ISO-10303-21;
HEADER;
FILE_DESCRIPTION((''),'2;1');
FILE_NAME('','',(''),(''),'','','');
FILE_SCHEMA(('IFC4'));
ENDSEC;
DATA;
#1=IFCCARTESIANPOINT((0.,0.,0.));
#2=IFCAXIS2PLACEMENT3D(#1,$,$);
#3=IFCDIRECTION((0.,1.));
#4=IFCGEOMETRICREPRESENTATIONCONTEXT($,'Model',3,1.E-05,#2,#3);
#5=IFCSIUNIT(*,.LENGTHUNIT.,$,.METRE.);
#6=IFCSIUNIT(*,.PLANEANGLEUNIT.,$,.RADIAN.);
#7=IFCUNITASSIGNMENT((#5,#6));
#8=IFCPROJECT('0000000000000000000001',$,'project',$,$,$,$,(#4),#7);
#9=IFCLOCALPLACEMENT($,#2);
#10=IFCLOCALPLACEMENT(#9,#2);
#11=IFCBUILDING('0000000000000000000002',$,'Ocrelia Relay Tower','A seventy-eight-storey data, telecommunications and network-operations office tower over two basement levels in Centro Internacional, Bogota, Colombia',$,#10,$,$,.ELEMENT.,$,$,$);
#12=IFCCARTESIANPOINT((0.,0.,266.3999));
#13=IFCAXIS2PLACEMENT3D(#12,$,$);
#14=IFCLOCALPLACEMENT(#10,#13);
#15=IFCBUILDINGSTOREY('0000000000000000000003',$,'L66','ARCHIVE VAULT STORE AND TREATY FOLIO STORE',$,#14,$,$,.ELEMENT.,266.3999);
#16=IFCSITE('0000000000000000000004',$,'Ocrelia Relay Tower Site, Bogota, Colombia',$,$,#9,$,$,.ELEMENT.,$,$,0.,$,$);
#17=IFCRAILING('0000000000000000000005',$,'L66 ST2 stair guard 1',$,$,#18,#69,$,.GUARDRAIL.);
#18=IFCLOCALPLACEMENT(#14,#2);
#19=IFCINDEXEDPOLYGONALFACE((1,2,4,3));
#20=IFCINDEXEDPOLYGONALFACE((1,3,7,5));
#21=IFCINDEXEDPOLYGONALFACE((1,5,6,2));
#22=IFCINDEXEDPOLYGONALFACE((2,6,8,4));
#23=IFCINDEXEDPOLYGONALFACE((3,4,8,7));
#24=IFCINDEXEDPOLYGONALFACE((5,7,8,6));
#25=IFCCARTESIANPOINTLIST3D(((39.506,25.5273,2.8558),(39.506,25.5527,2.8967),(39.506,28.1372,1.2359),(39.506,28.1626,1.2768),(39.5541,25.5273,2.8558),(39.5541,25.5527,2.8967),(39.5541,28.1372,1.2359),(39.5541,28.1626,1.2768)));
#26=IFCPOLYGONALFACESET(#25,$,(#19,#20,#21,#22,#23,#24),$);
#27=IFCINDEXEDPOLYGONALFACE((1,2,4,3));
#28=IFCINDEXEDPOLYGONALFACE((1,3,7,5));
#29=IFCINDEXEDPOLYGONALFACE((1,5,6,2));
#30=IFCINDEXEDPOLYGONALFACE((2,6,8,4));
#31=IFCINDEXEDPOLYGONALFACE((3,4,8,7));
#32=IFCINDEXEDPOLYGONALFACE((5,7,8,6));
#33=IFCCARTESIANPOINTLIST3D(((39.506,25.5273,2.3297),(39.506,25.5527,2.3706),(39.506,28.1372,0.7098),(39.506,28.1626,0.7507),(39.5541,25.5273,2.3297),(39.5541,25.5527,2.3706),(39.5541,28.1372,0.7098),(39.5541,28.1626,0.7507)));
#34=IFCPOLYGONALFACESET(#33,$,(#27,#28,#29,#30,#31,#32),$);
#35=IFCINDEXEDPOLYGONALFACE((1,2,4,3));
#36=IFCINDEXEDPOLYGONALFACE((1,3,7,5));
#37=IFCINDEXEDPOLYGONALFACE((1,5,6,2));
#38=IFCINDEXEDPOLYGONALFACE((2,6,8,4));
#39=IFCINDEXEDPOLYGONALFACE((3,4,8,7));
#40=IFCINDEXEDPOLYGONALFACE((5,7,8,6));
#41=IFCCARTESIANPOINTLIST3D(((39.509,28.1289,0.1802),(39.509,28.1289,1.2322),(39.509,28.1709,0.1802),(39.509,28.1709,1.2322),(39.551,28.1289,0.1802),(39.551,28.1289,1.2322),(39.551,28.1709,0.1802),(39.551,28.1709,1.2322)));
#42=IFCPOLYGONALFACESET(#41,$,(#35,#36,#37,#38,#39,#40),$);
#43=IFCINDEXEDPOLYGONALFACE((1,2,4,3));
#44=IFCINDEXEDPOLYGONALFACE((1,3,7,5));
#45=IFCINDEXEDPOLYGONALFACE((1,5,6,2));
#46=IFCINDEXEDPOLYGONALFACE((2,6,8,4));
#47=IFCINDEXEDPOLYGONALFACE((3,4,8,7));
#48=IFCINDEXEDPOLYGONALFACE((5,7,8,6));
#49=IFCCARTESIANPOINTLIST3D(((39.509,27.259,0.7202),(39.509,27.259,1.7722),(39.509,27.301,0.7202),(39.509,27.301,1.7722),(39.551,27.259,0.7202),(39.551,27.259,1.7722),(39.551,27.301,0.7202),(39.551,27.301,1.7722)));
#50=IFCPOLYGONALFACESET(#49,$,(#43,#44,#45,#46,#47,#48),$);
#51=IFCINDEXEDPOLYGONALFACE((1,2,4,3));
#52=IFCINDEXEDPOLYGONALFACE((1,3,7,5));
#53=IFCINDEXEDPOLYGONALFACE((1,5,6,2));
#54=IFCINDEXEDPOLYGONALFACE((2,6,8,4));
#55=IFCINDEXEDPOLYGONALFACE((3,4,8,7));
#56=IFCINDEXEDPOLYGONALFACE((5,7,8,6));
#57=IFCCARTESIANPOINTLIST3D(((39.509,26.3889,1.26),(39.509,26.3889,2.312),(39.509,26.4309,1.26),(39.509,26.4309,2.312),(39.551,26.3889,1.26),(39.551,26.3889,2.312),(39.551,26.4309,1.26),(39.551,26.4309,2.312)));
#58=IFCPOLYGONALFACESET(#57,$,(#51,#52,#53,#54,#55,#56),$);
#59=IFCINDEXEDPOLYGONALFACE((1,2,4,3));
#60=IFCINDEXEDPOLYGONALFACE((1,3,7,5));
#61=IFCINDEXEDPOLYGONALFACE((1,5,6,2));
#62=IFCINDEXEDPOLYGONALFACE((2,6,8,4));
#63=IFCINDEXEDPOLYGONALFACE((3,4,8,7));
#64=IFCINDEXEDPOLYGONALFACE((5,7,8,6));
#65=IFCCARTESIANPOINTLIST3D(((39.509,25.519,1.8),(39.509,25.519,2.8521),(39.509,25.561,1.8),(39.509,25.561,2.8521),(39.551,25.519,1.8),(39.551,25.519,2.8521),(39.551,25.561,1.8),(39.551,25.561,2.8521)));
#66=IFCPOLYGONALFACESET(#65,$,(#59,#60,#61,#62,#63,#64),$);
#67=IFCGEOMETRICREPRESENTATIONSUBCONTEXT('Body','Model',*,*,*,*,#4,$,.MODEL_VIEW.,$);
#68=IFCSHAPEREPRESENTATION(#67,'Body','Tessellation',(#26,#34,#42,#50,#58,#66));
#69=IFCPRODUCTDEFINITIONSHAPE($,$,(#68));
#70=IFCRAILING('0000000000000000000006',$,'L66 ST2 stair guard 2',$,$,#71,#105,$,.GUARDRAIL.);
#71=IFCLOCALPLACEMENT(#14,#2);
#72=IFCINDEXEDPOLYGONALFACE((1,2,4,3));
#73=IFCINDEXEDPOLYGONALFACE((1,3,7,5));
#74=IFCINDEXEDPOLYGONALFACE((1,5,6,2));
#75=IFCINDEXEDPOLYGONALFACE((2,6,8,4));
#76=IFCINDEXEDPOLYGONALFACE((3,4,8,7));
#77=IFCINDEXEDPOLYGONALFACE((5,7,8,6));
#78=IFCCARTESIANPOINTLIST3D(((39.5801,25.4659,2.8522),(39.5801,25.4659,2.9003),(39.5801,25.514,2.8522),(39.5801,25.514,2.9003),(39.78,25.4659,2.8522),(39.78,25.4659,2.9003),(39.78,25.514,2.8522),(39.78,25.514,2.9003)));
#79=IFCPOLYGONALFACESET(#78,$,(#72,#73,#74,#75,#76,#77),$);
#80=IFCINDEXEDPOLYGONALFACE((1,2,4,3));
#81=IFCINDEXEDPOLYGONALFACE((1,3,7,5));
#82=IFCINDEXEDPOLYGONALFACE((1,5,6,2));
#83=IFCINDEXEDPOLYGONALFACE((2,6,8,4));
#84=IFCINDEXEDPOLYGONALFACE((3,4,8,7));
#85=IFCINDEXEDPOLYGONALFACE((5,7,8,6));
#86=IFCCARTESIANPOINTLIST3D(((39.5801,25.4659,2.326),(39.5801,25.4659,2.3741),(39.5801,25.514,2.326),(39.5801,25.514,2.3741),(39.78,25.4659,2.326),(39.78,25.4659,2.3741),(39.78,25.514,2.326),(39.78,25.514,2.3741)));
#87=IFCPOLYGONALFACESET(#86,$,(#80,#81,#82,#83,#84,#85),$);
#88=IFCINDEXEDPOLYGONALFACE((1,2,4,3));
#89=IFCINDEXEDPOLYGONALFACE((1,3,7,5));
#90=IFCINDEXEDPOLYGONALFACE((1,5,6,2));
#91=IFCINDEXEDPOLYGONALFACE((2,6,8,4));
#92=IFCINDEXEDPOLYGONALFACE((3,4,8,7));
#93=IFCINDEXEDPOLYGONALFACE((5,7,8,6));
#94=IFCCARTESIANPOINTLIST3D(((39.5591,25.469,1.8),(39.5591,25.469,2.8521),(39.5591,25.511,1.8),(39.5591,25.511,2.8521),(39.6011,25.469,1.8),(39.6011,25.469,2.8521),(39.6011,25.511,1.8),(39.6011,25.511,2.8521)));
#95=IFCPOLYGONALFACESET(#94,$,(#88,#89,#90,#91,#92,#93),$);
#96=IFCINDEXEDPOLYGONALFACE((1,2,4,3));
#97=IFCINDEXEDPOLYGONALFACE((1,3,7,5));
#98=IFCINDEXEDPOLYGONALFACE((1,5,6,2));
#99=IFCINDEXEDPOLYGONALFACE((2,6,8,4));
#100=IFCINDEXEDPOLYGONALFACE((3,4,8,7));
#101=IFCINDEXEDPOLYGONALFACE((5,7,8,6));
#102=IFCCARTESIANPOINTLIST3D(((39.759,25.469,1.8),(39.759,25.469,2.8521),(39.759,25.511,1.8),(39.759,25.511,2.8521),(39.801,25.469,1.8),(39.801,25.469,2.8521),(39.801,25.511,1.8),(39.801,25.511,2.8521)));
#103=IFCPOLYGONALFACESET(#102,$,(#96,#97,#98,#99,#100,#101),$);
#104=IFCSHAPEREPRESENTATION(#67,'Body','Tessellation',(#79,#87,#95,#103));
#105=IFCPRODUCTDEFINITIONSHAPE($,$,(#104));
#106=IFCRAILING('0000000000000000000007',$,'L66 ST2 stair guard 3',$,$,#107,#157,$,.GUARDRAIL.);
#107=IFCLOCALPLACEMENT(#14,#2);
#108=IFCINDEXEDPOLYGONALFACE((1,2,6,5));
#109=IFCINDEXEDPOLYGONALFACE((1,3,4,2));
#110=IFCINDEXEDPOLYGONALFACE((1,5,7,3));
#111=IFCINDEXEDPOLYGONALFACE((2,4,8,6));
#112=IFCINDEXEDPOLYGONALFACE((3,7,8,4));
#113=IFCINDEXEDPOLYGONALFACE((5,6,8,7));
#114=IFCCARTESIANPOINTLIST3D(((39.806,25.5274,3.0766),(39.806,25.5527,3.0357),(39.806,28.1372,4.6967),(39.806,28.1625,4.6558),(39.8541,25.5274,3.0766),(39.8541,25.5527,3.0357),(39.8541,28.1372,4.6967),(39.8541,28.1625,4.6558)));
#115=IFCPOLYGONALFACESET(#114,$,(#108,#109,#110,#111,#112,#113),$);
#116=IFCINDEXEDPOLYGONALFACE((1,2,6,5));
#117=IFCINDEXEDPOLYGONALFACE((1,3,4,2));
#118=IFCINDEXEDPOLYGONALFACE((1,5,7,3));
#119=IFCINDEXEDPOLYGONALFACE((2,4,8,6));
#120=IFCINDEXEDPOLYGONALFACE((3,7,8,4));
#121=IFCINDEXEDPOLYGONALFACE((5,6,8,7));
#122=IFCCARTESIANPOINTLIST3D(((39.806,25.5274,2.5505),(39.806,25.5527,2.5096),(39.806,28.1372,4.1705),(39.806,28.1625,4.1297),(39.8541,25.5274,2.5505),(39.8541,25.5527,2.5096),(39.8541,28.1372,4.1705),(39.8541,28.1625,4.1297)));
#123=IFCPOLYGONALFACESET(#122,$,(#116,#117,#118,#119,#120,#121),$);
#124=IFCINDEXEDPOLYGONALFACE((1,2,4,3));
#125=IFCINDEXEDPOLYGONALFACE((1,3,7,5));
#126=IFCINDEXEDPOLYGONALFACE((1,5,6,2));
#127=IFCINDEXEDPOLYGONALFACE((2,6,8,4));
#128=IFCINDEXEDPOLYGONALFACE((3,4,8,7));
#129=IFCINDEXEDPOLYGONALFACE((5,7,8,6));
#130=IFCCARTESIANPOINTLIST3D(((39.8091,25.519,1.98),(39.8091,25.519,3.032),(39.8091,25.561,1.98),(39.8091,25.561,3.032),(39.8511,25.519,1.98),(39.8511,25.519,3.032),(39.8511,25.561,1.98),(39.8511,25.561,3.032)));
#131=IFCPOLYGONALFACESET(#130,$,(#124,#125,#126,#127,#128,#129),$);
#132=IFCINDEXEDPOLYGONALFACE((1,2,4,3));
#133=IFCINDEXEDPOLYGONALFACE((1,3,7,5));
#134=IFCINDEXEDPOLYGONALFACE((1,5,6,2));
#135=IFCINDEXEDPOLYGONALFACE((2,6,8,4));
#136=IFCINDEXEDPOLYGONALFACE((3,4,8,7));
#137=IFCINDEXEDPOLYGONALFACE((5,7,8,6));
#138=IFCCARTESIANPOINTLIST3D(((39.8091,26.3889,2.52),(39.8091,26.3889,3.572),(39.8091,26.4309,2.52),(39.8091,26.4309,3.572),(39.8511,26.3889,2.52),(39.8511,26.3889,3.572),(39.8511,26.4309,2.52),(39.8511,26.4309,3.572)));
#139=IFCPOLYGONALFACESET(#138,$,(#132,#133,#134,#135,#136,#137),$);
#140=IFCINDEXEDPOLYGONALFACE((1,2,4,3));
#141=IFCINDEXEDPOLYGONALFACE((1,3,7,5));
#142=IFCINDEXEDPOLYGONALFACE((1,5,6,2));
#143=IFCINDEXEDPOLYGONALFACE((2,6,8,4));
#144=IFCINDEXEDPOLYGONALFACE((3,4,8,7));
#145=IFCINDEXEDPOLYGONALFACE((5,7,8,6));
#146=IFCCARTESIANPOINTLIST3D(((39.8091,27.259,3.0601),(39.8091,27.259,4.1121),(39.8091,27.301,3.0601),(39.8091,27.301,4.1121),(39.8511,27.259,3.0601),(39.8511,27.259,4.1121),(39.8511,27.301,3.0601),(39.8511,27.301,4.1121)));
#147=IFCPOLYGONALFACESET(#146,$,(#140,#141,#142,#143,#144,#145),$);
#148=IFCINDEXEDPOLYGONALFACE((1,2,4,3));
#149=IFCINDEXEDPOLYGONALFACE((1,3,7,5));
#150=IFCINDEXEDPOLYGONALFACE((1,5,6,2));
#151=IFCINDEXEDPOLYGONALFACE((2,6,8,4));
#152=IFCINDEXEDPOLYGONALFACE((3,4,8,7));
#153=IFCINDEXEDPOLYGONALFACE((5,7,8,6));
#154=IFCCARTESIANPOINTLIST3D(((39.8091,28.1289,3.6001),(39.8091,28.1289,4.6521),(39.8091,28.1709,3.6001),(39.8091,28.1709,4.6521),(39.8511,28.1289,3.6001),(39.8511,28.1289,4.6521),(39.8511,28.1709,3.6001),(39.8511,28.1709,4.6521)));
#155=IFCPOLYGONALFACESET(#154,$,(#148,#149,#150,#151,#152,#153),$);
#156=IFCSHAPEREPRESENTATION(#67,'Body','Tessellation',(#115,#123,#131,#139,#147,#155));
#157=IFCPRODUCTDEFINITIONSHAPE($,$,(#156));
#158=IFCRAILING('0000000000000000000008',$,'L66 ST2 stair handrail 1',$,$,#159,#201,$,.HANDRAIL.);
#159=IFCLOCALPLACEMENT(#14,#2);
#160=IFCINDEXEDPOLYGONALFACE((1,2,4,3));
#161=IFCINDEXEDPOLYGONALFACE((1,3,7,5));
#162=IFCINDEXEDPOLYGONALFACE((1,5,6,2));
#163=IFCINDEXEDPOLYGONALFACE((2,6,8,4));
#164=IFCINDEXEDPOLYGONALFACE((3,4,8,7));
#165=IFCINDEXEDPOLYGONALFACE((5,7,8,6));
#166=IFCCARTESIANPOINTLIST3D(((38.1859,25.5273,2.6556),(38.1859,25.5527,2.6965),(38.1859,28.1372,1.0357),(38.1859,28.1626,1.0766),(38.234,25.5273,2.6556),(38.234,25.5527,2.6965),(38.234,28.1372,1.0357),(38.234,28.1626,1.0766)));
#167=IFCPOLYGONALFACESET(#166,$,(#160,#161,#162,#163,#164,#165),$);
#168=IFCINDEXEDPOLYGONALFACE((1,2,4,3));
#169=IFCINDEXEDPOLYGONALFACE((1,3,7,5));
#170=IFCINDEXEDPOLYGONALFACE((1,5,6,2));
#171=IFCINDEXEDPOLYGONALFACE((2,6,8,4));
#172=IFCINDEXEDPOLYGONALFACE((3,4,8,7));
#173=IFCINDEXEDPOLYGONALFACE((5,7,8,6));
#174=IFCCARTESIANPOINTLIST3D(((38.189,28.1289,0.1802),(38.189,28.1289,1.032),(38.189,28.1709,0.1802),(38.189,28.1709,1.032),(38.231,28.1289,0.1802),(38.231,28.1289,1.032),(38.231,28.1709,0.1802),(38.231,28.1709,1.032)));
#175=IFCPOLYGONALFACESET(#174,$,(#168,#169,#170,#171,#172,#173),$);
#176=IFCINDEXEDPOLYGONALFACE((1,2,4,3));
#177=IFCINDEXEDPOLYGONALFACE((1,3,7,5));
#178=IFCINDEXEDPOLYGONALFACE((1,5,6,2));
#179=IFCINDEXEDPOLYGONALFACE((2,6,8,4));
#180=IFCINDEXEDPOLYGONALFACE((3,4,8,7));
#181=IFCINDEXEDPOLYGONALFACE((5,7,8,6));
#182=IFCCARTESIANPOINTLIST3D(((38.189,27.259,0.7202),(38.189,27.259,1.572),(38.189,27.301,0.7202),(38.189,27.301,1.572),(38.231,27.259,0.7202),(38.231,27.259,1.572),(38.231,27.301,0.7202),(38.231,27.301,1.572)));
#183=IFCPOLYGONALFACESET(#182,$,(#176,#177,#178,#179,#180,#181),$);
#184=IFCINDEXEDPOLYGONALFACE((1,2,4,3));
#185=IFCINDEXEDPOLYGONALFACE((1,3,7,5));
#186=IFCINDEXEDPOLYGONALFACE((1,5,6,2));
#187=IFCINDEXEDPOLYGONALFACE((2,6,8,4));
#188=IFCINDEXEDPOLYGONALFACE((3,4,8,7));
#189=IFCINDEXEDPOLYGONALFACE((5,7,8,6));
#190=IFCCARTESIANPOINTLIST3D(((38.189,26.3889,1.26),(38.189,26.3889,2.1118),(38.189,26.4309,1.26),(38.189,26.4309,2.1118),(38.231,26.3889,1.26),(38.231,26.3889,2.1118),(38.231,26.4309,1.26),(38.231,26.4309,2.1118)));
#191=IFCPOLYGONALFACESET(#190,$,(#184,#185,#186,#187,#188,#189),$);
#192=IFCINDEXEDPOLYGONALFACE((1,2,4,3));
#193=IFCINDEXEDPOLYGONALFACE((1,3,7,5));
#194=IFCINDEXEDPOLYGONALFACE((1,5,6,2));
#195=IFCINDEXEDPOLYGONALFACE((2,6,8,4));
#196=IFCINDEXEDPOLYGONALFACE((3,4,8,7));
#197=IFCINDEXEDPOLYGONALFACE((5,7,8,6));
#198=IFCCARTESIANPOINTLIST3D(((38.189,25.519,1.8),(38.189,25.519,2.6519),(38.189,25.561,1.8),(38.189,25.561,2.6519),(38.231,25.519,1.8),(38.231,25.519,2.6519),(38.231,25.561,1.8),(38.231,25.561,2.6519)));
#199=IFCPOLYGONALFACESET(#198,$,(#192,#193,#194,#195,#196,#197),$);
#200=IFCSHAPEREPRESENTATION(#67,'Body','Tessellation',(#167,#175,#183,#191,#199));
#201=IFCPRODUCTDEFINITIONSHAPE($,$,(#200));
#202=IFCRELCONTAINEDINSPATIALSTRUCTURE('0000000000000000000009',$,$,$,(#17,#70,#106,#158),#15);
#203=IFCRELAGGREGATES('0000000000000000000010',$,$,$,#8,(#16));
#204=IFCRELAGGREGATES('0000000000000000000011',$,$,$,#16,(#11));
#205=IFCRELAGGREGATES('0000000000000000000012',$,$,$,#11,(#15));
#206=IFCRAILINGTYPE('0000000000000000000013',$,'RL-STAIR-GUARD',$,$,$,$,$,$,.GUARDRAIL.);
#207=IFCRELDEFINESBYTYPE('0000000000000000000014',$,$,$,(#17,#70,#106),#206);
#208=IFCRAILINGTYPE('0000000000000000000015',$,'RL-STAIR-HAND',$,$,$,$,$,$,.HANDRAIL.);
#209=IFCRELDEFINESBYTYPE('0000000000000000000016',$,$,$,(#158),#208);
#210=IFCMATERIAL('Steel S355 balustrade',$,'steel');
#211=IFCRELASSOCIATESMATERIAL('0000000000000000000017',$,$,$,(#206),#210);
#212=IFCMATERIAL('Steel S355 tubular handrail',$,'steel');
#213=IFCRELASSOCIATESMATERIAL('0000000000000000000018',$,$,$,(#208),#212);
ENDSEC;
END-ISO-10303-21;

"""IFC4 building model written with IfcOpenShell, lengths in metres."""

from ifc_helpers import new_model, si_unit, direction, frame, origin, origin_2d, place, context, subcontext, project, spatial, rectangle, extrude, material, type_object, element, save


model = new_model("IFC4")

# Units and contexts
model_context = context("Model", 3, precision=1e-05, world=origin(), true_north=direction((0.0, 1.0)))
body_context = subcontext(model_context, "Body", "Model", "MODEL_VIEW")
ifc_project = project(units=[si_unit("LENGTHUNIT", "METRE"), si_unit("PLANEANGLEUNIT", "RADIAN")], contexts=[model_context])

# Site, building, storey
site_placement = place(None, origin())
site = spatial("IfcSite", under=ifc_project, at=site_placement, Name="Ocrelia Relay Tower Site, Bogota, Colombia", CompositionType="ELEMENT", RefElevation=0.0)
building_placement = place(site_placement, origin())
building = spatial("IfcBuilding", under=site, at=building_placement, Name="Ocrelia Relay Tower", Description="A seventy-eight-storey data, telecommunications and network-operations office tower over two basement levels in Centro Internacional, Bogota, Colombia", CompositionType="ELEMENT")
storey_placement = place(building_placement, frame((0.0, 0.0, 266.3999)))
storey = spatial("IfcBuildingStorey", under=building, at=storey_placement, Name="L66", Description="ARCHIVE VAULT STORE AND TREATY FOLIO STORE", CompositionType="ELEMENT", Elevation=266.3999)

# Railings
ifc_material_1 = material(Name="Steel S355 balustrade", Category="steel")
railing_type_1 = type_object("IfcRailingType", Name="RL-STAIR-GUARD", PredefinedType="GUARDRAIL", material=ifc_material_1)
railing_1_placement = place(storey_placement, frame((39.53, 28.1499, 0.1802)))
element("IfcRailing", 1, at=railing_1_placement, inside=storey, type_object=railing_type_1, Name="L66 ST2 stair guard 1", PredefinedType="GUARDRAIL", context=body_context, shape_type="SweptSolid", body=[
    extrude(rectangle(XDim=0.0481, YDim=0.0481, at=origin_2d()), frame((0.0, 0.0, 1.0762), z_axis=(0.0, -0.849646, 0.527353), x_axis=(1.0, 0.0, 0.0)), (0.0, 0.0, 1.0), 3.0718),
    extrude(rectangle(XDim=0.0481, YDim=0.0481, at=origin_2d()), frame((0.0, 0.0, 0.55), z_axis=(0.0, -0.849646, 0.527353), x_axis=(1.0, 0.0, 0.0)), (0.0, 0.0, 1.0), 3.0718),
    extrude(rectangle(XDim=0.042, YDim=0.042, at=origin_2d()), origin(), (0.0, 0.0, 1.0), 1.052),
    extrude(rectangle(XDim=0.042, YDim=0.042, at=origin_2d()), frame((0.0, -0.8699, 0.54)), (0.0, 0.0, 1.0), 1.052),
    extrude(rectangle(XDim=0.042, YDim=0.042, at=origin_2d()), frame((0.0, -1.74, 1.0798)), (0.0, 0.0, 1.0), 1.052),
    extrude(rectangle(XDim=0.042, YDim=0.042, at=origin_2d()), frame((0.0, -2.6099, 1.6199)), (0.0, 0.0, 1.0), 1.052),
])
railing_2_placement = place(storey_placement, frame((39.5801, 25.49, 1.8)))
element("IfcRailing", 2, at=railing_2_placement, inside=storey, type_object=railing_type_1, Name="L66 ST2 stair guard 2", PredefinedType="GUARDRAIL", context=body_context, shape_type="SweptSolid", body=[
    extrude(rectangle(XDim=0.0481, YDim=0.0481, at=origin_2d()), frame((0.0, 0.0, 1.0762), z_axis=(1.0, 0.0, 0.0), x_axis=(0.0, 1.0, 0.0)), (0.0, 0.0, 1.0), 0.2),
    extrude(rectangle(XDim=0.0481, YDim=0.0481, at=origin_2d()), frame((0.0, 0.0, 0.55), z_axis=(1.0, 0.0, 0.0), x_axis=(0.0, 1.0, 0.0)), (0.0, 0.0, 1.0), 0.2),
    extrude(rectangle(XDim=0.042, YDim=0.042, at=origin_2d()), origin(), (0.0, 0.0, 1.0), 1.052),
    extrude(rectangle(XDim=0.042, YDim=0.042, at=origin_2d()), frame((0.2, 0.0, 0.0)), (0.0, 0.0, 1.0), 1.052),
])
railing_3_placement = place(storey_placement, frame((39.8301, 25.54, 1.98)))
element("IfcRailing", 3, at=railing_3_placement, inside=storey, type_object=railing_type_1, Name="L66 ST2 stair guard 3", PredefinedType="GUARDRAIL", context=body_context, shape_type="SweptSolid", body=[
    extrude(rectangle(XDim=0.0481, YDim=0.0481, at=origin_2d()), frame((0.0, 0.0, 1.0762), z_axis=(0.0, 0.849611, 0.52741), x_axis=(-1.0, 0.0, 0.0)), (0.0, 0.0, 1.0), 3.0718),
    extrude(rectangle(XDim=0.0481, YDim=0.0481, at=origin_2d()), frame((0.0, 0.0, 0.55), z_axis=(0.0, 0.849611, 0.52741), x_axis=(-1.0, 0.0, 0.0)), (0.0, 0.0, 1.0), 3.0718),
    extrude(rectangle(XDim=0.042, YDim=0.042, at=origin_2d()), origin(), (0.0, 0.0, 1.0), 1.052),
    extrude(rectangle(XDim=0.042, YDim=0.042, at=origin_2d()), frame((0.0, 0.8699, 0.54)), (0.0, 0.0, 1.0), 1.052),
    extrude(rectangle(XDim=0.042, YDim=0.042, at=origin_2d()), frame((0.0, 1.74, 1.0801)), (0.0, 0.0, 1.0), 1.052),
    extrude(rectangle(XDim=0.042, YDim=0.042, at=origin_2d()), frame((0.0, 2.6099, 1.6201)), (0.0, 0.0, 1.0), 1.052),
])
ifc_material_2 = material(Name="Steel S355 tubular handrail", Category="steel")
railing_type_2 = type_object("IfcRailingType", Name="RL-STAIR-HAND", PredefinedType="HANDRAIL", material=ifc_material_2)
railing_4_placement = place(storey_placement, frame((38.21, 28.1499, 0.1802)))
element("IfcRailing", 4, at=railing_4_placement, inside=storey, type_object=railing_type_2, Name="L66 ST2 stair handrail 1", PredefinedType="HANDRAIL", context=body_context, shape_type="SweptSolid", body=[
    extrude(rectangle(XDim=0.0481, YDim=0.0481, at=origin_2d()), frame((0.0, 0.0, 0.876), z_axis=(0.0, -0.849646, 0.527353), x_axis=(1.0, 0.0, 0.0)), (0.0, 0.0, 1.0), 3.0718),
    extrude(rectangle(XDim=0.042, YDim=0.042, at=origin_2d()), origin(), (0.0, 0.0, 1.0), 0.8518),
    extrude(rectangle(XDim=0.042, YDim=0.042, at=origin_2d()), frame((0.0, -0.8699, 0.54)), (0.0, 0.0, 1.0), 0.8518),
    extrude(rectangle(XDim=0.042, YDim=0.042, at=origin_2d()), frame((0.0, -1.74, 1.0798)), (0.0, 0.0, 1.0), 0.8518),
    extrude(rectangle(XDim=0.042, YDim=0.042, at=origin_2d()), frame((0.0, -2.6099, 1.6199)), (0.0, 0.0, 1.0), 0.8518),
])

save(model, "model.ifc")
